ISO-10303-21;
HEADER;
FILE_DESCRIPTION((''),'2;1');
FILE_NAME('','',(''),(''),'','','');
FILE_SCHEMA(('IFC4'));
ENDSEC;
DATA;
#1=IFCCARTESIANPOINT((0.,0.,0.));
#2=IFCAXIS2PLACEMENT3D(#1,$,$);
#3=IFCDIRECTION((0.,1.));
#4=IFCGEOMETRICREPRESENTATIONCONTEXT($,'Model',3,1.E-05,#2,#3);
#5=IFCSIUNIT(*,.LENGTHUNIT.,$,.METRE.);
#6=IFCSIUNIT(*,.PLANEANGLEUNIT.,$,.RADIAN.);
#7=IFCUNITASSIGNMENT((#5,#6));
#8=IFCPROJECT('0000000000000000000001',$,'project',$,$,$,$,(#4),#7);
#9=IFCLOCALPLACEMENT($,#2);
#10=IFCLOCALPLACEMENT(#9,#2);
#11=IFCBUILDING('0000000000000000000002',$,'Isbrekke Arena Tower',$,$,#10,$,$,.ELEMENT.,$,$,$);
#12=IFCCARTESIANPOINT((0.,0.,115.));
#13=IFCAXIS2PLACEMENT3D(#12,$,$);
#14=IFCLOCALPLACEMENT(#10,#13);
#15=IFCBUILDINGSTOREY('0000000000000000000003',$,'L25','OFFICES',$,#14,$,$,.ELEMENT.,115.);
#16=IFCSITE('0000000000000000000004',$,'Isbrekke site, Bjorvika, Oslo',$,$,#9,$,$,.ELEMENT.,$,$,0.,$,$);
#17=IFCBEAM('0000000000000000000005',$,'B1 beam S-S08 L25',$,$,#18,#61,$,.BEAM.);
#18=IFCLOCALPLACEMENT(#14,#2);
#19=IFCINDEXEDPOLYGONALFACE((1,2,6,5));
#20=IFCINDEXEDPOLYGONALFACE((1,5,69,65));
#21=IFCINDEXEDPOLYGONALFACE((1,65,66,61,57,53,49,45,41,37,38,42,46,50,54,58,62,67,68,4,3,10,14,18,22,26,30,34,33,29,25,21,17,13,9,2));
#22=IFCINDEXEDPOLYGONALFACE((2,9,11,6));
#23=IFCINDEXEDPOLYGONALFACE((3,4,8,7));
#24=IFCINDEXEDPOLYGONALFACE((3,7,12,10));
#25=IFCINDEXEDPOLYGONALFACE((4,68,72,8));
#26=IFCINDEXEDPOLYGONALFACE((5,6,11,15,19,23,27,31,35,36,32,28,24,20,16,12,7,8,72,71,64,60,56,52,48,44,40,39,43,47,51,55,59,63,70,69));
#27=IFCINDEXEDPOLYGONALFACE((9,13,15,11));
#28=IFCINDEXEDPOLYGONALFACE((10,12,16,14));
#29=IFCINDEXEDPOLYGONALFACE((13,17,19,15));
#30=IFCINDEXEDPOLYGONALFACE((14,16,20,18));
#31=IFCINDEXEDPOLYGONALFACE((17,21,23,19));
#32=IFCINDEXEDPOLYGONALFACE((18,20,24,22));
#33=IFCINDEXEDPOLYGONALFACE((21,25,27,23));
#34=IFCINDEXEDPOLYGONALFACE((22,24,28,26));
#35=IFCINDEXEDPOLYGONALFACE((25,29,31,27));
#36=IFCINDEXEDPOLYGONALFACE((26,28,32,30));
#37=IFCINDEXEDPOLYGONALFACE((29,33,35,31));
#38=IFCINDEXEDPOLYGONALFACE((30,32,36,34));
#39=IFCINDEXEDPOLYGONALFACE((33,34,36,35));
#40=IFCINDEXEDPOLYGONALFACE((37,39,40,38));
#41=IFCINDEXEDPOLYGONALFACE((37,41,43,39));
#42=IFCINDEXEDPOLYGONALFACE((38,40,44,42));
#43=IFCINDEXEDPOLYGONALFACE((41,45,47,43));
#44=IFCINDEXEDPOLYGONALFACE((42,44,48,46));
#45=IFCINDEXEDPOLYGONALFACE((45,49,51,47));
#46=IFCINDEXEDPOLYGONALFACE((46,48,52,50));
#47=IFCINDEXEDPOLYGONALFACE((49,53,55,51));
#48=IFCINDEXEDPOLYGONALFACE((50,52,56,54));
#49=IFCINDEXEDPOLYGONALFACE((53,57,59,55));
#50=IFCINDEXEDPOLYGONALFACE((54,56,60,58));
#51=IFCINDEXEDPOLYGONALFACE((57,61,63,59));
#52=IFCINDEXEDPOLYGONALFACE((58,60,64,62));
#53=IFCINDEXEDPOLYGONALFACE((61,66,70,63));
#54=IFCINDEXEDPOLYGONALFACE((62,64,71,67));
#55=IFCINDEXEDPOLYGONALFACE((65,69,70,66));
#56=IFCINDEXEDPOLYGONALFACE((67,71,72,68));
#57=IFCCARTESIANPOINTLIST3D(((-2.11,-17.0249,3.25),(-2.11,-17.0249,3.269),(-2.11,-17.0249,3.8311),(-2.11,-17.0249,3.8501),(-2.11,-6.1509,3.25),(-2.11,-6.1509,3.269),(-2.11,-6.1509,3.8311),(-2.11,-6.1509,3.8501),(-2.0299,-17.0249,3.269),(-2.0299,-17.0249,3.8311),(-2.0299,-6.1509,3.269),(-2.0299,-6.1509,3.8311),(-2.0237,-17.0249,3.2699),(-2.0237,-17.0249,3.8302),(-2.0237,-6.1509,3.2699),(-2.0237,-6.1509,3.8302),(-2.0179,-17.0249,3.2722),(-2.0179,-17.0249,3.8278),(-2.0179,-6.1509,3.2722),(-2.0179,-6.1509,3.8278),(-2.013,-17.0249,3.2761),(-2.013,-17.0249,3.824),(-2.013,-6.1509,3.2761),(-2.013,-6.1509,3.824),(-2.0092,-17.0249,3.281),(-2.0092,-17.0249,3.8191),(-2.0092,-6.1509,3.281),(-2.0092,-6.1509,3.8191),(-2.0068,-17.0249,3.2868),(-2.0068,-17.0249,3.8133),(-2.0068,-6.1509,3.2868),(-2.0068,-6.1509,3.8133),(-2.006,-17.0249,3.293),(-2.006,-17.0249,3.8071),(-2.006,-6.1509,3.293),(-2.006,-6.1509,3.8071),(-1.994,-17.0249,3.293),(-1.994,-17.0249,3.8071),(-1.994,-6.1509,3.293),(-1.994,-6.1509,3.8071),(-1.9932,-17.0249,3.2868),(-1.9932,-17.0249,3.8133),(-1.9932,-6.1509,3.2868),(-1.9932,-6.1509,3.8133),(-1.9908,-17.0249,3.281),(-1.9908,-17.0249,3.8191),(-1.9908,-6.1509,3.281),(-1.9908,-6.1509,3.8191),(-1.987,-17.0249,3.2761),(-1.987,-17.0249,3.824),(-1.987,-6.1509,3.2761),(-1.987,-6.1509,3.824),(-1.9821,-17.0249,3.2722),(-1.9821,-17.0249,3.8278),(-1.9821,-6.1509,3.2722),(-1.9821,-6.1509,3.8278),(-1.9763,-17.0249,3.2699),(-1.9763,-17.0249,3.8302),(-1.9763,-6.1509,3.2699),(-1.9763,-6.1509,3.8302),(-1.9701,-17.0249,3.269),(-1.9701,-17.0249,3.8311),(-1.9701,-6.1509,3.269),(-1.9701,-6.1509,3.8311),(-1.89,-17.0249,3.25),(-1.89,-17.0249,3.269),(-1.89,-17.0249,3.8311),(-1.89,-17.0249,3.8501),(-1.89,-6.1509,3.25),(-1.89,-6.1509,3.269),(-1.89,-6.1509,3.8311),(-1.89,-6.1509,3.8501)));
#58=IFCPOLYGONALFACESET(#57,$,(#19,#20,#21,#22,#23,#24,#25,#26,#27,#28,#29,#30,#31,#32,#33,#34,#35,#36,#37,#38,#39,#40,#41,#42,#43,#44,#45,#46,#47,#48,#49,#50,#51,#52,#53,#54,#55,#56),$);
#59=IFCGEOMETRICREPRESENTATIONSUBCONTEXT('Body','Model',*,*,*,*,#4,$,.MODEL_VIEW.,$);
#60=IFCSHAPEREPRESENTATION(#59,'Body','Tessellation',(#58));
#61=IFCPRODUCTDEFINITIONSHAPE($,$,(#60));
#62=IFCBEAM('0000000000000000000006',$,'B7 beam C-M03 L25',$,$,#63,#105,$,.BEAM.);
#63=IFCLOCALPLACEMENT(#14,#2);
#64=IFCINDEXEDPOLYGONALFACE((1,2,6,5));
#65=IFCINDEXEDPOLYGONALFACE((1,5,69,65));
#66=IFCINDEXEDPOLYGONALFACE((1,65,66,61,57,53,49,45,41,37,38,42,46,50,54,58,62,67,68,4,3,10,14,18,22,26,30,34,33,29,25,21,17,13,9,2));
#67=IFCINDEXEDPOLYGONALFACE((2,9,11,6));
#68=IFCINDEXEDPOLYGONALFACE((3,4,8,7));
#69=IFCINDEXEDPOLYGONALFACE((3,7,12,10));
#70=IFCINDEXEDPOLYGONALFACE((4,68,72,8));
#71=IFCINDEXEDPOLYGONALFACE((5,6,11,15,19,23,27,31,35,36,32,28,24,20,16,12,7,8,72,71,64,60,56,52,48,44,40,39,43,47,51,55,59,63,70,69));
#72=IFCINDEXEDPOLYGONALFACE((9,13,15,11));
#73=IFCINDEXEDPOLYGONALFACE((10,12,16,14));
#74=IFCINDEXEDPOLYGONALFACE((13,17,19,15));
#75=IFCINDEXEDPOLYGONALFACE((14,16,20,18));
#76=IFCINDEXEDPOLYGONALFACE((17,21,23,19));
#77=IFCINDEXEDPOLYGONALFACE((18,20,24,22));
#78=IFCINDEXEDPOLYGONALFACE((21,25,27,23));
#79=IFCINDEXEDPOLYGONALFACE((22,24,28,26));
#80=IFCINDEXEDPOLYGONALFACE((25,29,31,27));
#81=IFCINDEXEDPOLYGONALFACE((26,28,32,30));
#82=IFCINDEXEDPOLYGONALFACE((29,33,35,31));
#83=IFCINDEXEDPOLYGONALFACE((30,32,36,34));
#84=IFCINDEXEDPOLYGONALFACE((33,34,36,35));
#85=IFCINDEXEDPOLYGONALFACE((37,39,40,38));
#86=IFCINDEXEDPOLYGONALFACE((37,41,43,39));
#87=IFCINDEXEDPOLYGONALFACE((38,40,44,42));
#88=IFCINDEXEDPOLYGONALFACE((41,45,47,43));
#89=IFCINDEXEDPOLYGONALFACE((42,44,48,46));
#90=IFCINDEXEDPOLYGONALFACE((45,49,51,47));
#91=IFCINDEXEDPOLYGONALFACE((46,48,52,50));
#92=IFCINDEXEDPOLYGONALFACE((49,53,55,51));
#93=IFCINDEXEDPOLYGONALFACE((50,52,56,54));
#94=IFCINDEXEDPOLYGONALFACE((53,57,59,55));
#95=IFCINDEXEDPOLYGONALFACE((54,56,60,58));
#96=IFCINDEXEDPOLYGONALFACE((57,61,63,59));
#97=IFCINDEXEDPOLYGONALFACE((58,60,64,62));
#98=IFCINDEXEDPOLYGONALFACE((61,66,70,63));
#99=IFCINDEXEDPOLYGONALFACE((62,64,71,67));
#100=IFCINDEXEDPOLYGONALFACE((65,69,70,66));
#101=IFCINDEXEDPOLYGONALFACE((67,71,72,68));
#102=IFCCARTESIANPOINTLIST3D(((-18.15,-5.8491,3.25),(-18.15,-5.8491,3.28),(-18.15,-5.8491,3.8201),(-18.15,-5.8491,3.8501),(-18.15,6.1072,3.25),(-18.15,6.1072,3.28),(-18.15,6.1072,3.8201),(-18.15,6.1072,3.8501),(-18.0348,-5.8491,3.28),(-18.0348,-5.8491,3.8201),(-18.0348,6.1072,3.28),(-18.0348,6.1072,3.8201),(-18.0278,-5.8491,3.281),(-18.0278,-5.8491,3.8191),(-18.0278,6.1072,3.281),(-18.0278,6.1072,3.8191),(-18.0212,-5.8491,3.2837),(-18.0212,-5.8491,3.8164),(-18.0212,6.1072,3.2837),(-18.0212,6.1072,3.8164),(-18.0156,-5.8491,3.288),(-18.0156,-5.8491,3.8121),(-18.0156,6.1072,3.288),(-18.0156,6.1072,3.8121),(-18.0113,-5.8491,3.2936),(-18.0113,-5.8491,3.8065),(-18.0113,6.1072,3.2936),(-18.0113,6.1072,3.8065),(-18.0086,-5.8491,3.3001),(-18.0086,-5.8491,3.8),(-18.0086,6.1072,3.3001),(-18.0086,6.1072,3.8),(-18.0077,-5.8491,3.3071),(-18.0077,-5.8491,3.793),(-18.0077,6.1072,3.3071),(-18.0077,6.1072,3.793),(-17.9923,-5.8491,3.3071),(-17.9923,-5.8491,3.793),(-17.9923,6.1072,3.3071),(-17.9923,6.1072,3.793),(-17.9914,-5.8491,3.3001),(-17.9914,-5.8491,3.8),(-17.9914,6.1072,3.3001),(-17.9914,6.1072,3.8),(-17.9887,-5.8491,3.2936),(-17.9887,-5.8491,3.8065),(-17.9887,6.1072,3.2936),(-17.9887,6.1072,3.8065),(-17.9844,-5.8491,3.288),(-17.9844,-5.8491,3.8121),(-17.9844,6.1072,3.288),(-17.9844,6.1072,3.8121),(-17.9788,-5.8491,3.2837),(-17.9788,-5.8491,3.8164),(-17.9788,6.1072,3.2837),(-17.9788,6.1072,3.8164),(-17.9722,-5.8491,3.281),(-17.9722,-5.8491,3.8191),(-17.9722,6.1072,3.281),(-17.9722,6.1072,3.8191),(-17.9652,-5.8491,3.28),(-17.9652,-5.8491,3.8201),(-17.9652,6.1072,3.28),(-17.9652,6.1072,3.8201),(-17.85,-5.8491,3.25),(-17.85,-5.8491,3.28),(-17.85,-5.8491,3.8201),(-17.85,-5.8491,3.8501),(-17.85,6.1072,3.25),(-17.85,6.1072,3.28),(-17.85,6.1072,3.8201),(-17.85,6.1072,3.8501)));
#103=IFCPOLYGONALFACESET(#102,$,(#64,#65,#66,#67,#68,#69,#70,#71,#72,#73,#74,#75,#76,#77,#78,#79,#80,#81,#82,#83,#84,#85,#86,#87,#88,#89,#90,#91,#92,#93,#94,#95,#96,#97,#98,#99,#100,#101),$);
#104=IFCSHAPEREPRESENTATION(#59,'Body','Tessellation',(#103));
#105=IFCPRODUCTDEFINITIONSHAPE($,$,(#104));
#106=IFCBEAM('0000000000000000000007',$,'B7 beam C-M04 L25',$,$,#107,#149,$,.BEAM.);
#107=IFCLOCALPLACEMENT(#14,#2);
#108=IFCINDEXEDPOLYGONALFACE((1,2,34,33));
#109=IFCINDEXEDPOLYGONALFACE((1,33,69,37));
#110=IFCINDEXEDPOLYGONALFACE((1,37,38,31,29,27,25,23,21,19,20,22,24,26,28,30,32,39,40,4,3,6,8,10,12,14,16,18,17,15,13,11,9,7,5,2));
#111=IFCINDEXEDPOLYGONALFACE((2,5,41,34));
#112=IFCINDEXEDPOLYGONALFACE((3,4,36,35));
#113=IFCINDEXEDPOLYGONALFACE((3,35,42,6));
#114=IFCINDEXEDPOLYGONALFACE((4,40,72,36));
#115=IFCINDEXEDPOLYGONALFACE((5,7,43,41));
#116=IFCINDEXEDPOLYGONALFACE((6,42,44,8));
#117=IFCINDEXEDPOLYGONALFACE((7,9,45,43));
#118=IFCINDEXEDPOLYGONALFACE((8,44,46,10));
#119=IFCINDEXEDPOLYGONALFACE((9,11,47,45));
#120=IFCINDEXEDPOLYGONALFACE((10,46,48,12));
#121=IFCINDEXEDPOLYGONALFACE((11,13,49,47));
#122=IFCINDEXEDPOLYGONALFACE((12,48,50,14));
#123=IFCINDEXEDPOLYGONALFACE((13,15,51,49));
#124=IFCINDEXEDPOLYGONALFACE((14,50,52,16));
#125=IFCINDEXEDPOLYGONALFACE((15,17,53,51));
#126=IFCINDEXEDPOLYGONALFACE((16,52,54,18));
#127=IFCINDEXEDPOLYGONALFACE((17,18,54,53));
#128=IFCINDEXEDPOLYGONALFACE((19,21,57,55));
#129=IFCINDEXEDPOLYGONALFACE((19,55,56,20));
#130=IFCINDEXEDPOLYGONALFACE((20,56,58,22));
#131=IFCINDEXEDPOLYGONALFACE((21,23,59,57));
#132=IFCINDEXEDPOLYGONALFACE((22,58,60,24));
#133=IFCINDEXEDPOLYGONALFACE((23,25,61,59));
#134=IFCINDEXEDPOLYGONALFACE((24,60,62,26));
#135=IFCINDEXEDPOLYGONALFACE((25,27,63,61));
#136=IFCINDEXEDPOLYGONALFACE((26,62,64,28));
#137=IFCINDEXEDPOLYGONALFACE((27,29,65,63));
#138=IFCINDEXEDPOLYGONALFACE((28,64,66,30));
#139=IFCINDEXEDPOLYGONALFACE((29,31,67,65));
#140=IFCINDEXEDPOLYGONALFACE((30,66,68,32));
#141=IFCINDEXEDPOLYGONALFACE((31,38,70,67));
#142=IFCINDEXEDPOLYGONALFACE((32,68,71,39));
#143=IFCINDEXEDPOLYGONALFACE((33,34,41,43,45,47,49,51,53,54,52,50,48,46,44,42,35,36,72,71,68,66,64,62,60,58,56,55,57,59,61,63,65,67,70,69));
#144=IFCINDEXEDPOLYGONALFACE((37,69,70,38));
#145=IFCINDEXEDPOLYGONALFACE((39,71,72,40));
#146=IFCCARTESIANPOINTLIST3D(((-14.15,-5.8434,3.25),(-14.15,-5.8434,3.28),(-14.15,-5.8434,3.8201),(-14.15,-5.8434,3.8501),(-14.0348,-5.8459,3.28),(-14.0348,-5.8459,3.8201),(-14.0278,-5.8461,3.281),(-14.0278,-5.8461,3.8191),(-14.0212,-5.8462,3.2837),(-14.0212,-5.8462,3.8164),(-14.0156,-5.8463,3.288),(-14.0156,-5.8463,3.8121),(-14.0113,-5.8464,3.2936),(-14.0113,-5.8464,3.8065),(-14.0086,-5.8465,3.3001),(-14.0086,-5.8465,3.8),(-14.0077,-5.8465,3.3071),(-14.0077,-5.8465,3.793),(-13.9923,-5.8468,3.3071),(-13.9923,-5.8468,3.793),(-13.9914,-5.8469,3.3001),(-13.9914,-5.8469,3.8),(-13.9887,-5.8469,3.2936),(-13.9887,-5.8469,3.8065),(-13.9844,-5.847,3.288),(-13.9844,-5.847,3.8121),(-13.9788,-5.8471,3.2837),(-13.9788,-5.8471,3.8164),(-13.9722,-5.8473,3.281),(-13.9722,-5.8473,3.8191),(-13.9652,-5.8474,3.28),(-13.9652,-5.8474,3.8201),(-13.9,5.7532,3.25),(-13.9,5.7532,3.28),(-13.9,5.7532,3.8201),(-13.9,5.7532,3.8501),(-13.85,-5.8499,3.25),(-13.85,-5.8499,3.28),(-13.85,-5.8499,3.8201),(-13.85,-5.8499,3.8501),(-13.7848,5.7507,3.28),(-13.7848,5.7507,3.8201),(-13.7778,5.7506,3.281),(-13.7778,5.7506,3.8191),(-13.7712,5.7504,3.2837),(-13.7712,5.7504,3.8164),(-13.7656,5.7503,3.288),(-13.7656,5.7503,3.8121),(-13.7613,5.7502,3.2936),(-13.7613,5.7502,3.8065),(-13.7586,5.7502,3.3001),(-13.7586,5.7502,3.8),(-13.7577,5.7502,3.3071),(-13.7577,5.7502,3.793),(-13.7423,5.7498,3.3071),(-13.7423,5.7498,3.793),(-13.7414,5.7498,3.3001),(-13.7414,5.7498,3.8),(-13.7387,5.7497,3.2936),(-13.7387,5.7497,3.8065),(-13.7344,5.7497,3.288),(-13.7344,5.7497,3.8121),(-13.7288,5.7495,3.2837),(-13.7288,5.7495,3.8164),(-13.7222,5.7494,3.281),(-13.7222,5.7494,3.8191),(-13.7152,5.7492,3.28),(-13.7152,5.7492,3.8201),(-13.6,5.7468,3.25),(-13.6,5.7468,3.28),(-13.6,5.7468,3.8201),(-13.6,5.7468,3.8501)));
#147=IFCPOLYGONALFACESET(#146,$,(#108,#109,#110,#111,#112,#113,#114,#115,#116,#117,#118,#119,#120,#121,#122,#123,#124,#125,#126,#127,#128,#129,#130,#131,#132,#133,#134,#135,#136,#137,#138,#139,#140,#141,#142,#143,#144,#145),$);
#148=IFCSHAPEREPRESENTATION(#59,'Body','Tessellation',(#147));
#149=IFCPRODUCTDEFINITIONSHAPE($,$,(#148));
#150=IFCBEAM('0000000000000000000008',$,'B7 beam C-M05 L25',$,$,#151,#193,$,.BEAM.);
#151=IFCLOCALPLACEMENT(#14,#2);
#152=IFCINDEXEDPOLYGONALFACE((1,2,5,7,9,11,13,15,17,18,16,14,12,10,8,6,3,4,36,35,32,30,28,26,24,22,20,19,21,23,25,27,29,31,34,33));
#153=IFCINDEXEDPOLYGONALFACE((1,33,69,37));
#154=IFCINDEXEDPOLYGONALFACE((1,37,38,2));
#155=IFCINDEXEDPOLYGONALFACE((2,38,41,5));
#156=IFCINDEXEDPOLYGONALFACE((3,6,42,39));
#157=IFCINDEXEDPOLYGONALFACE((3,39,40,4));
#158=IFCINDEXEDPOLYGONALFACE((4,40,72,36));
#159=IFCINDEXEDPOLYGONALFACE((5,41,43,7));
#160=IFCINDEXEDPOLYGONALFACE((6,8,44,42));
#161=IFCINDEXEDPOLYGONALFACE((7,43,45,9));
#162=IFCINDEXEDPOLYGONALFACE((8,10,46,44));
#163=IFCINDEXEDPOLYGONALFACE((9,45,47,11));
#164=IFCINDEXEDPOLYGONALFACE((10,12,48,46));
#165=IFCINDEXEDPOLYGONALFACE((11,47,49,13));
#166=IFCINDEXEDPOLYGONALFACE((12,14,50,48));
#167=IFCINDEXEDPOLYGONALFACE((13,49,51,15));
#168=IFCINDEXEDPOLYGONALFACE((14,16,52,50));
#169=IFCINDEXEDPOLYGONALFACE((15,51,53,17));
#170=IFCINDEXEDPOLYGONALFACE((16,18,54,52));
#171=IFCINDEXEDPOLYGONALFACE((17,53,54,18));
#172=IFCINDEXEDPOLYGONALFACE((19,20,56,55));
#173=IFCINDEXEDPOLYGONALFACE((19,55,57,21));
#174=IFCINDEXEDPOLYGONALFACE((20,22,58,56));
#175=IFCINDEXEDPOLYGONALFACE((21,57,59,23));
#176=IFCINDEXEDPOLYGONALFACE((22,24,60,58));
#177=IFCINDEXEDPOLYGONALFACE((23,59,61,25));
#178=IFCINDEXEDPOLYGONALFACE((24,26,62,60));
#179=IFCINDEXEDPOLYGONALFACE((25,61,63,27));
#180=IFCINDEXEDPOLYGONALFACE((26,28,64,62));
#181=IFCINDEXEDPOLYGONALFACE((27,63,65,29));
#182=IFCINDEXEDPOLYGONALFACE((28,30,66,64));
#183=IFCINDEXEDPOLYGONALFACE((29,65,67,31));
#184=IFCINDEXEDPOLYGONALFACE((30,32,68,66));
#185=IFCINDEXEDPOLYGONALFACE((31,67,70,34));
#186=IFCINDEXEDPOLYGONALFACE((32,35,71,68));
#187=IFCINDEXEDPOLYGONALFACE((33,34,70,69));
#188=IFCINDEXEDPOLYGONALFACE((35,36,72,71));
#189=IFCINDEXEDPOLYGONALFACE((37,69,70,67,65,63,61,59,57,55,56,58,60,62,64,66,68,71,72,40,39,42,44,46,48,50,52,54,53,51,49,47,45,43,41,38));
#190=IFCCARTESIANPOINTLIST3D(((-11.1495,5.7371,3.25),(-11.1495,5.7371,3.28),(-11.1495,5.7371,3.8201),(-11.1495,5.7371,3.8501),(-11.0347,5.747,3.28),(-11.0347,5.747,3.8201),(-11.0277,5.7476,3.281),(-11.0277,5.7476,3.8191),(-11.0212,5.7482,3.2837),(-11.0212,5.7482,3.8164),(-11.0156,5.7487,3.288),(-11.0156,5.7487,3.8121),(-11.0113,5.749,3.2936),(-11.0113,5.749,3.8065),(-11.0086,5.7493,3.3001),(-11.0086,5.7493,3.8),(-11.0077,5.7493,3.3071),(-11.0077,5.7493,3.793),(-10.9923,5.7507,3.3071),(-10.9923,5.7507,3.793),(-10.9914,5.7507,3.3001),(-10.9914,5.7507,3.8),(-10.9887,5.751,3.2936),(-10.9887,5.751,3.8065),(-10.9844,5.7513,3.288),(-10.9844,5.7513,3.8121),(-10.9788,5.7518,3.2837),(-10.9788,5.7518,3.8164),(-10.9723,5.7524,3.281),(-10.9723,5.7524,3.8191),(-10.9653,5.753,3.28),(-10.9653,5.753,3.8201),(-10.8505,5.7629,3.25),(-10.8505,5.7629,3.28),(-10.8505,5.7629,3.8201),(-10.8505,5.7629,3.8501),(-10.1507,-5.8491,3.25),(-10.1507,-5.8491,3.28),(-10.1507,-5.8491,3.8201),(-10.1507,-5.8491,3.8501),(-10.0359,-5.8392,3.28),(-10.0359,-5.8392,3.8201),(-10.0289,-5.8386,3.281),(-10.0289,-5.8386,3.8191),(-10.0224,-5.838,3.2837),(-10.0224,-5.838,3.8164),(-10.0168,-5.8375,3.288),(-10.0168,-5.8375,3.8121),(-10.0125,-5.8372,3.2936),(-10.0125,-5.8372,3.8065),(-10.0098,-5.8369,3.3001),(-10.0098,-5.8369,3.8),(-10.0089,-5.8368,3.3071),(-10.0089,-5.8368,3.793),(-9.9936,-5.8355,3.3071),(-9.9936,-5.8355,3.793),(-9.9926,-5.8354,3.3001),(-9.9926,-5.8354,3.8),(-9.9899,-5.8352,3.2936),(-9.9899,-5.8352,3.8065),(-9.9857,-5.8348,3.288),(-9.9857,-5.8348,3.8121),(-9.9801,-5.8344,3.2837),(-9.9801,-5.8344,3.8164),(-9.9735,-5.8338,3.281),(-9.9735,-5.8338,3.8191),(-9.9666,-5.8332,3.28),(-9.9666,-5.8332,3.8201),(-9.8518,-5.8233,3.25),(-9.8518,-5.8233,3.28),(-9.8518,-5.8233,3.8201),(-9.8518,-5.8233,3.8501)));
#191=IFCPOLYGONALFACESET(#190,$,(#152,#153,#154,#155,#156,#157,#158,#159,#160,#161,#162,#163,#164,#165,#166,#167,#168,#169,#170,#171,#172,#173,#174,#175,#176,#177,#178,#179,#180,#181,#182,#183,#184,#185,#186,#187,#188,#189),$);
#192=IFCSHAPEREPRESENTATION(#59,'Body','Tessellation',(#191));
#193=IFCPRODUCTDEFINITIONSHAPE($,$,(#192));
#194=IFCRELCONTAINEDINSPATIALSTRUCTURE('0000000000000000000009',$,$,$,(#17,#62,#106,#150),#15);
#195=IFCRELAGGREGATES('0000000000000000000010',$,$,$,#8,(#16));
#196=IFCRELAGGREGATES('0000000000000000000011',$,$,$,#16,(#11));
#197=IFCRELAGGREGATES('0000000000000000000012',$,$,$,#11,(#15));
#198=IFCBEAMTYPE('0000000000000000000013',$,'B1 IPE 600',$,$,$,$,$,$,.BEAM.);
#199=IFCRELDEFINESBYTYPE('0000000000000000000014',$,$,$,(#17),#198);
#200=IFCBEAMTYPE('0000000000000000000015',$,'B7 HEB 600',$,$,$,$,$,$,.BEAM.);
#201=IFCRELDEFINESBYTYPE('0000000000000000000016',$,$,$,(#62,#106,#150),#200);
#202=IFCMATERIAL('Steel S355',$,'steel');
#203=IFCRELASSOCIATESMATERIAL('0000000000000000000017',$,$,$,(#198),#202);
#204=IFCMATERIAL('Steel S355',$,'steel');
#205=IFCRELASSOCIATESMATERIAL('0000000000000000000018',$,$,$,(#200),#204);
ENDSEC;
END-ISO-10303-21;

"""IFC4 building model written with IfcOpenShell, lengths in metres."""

from ifc_helpers import new_model, si_unit, direction, frame, origin, origin_2d, place, context, subcontext, project, spatial, i_section, extrude, material, material_profile, profile_set, type_object, element, save


model = new_model("IFC4")

# Units and contexts
model_context = context("Model", 3, precision=1e-05, world=origin(), true_north=direction((0.0, 1.0)))
body_context = subcontext(model_context, "Body", "Model", "MODEL_VIEW")
ifc_project = project(units=[si_unit("LENGTHUNIT", "METRE"), si_unit("PLANEANGLEUNIT", "RADIAN")], contexts=[model_context])

# Site, building, storey
site_placement = place(None, origin())
site = spatial("IfcSite", under=ifc_project, at=site_placement, Name="Isbrekke site, Bjorvika, Oslo", CompositionType="ELEMENT", RefElevation=0.0)
building_placement = place(site_placement, origin())
building = spatial("IfcBuilding", under=site, at=building_placement, Name="Isbrekke Arena Tower", CompositionType="ELEMENT")
storey_placement = place(building_placement, frame((0.0, 0.0, 115.0)))
storey = spatial("IfcBuildingStorey", under=building, at=storey_placement, Name="L25", Description="OFFICES", CompositionType="ELEMENT", Elevation=115.0)

# Beams
ifc_material_1 = material(Name="Steel S355", Category="steel")
ifc_material_profile_1 = material_profile(ifc_material_1, i_section(OverallWidth=0.22, OverallDepth=0.6001, WebThickness=0.012, FlangeThickness=0.019, FilletRadius=0.0239, at=origin_2d()), Name="IPE 600")
ifc_profile_set_1 = profile_set([ifc_material_profile_1], Name="Steel S355")
beam_type_1 = type_object("IfcBeamType", Name="B1 IPE 600", PredefinedType="BEAM", material=ifc_profile_set_1)
for number, where, z_axis, x_axis, name in (
    (1, (-2.0, -17.0249, 3.55), (0.0, 1.0, 0.0), (-1.0, 0.0, 0.0), "B1 beam S-S08 L25"),
):
    element("IfcBeam", number, at=place(storey_placement, frame(where, z_axis=z_axis, x_axis=x_axis)), inside=storey, type_object=beam_type_1, Name=name, PredefinedType="BEAM", context=body_context, shape_type="SweptSolid", body=[
        extrude(i_section(OverallWidth=0.22, OverallDepth=0.6001, WebThickness=0.012, FlangeThickness=0.019, FilletRadius=0.0239, at=origin_2d()), origin(), (0.0, 0.0, 1.0), 10.874),
    ])
ifc_material_2 = material(Name="Steel S355", Category="steel")
ifc_material_profile_2 = material_profile(ifc_material_2, i_section(OverallWidth=0.3, OverallDepth=0.6001, WebThickness=0.0154, FlangeThickness=0.03, FilletRadius=0.0271, at=origin_2d()), Name="HEB 600")
ifc_profile_set_2 = profile_set([ifc_material_profile_2], Name="Steel S355")
beam_type_2 = type_object("IfcBeamType", Name="B7 HEB 600", PredefinedType="BEAM", material=ifc_profile_set_2)
beam_1_placement = place(storey_placement, frame((-18.0, -5.8491, 3.55), z_axis=(0.0, 1.0, 0.0), x_axis=(-1.0, 0.0, 0.0)))
element("IfcBeam", 2, at=beam_1_placement, inside=storey, type_object=beam_type_2, Name="B7 beam C-M03 L25", PredefinedType="BEAM", context=body_context, shape_type="SweptSolid", body=[
    extrude(i_section(OverallWidth=0.3, OverallDepth=0.6001, WebThickness=0.0154, FlangeThickness=0.03, FilletRadius=0.0271, at=origin_2d()), origin(), (0.0, 0.0, 1.0), 11.9563),
])
beam_2_placement = place(storey_placement, frame((-14.0, -5.8467, 3.55), z_axis=(0.021553, 0.999768, 0.0), x_axis=(-0.999768, 0.021553, 0.0)))
element("IfcBeam", 3, at=beam_2_placement, inside=storey, type_object=beam_type_2, Name="B7 beam C-M04 L25", PredefinedType="BEAM", context=body_context, shape_type="SweptSolid", body=[
    extrude(i_section(OverallWidth=0.3, OverallDepth=0.6001, WebThickness=0.0154, FlangeThickness=0.03, FilletRadius=0.0271, at=origin_2d()), origin(), (0.0, 0.0, 1.0), 11.5994),
])
beam_3_placement = place(storey_placement, frame((-10.0012, -5.8362, 3.55), z_axis=(-0.085886, 0.996305, 0.0), x_axis=(-0.996305, -0.085886, 0.0)))
element("IfcBeam", 4, at=beam_3_placement, inside=storey, type_object=beam_type_2, Name="B7 beam C-M05 L25", PredefinedType="BEAM", context=body_context, shape_type="SweptSolid", body=[
    extrude(i_section(OverallWidth=0.3, OverallDepth=0.6001, WebThickness=0.0154, FlangeThickness=0.03, FilletRadius=0.0271, at=origin_2d()), origin(), (0.0, 0.0, 1.0), 11.6292),
])

save(model, "model.ifc")
